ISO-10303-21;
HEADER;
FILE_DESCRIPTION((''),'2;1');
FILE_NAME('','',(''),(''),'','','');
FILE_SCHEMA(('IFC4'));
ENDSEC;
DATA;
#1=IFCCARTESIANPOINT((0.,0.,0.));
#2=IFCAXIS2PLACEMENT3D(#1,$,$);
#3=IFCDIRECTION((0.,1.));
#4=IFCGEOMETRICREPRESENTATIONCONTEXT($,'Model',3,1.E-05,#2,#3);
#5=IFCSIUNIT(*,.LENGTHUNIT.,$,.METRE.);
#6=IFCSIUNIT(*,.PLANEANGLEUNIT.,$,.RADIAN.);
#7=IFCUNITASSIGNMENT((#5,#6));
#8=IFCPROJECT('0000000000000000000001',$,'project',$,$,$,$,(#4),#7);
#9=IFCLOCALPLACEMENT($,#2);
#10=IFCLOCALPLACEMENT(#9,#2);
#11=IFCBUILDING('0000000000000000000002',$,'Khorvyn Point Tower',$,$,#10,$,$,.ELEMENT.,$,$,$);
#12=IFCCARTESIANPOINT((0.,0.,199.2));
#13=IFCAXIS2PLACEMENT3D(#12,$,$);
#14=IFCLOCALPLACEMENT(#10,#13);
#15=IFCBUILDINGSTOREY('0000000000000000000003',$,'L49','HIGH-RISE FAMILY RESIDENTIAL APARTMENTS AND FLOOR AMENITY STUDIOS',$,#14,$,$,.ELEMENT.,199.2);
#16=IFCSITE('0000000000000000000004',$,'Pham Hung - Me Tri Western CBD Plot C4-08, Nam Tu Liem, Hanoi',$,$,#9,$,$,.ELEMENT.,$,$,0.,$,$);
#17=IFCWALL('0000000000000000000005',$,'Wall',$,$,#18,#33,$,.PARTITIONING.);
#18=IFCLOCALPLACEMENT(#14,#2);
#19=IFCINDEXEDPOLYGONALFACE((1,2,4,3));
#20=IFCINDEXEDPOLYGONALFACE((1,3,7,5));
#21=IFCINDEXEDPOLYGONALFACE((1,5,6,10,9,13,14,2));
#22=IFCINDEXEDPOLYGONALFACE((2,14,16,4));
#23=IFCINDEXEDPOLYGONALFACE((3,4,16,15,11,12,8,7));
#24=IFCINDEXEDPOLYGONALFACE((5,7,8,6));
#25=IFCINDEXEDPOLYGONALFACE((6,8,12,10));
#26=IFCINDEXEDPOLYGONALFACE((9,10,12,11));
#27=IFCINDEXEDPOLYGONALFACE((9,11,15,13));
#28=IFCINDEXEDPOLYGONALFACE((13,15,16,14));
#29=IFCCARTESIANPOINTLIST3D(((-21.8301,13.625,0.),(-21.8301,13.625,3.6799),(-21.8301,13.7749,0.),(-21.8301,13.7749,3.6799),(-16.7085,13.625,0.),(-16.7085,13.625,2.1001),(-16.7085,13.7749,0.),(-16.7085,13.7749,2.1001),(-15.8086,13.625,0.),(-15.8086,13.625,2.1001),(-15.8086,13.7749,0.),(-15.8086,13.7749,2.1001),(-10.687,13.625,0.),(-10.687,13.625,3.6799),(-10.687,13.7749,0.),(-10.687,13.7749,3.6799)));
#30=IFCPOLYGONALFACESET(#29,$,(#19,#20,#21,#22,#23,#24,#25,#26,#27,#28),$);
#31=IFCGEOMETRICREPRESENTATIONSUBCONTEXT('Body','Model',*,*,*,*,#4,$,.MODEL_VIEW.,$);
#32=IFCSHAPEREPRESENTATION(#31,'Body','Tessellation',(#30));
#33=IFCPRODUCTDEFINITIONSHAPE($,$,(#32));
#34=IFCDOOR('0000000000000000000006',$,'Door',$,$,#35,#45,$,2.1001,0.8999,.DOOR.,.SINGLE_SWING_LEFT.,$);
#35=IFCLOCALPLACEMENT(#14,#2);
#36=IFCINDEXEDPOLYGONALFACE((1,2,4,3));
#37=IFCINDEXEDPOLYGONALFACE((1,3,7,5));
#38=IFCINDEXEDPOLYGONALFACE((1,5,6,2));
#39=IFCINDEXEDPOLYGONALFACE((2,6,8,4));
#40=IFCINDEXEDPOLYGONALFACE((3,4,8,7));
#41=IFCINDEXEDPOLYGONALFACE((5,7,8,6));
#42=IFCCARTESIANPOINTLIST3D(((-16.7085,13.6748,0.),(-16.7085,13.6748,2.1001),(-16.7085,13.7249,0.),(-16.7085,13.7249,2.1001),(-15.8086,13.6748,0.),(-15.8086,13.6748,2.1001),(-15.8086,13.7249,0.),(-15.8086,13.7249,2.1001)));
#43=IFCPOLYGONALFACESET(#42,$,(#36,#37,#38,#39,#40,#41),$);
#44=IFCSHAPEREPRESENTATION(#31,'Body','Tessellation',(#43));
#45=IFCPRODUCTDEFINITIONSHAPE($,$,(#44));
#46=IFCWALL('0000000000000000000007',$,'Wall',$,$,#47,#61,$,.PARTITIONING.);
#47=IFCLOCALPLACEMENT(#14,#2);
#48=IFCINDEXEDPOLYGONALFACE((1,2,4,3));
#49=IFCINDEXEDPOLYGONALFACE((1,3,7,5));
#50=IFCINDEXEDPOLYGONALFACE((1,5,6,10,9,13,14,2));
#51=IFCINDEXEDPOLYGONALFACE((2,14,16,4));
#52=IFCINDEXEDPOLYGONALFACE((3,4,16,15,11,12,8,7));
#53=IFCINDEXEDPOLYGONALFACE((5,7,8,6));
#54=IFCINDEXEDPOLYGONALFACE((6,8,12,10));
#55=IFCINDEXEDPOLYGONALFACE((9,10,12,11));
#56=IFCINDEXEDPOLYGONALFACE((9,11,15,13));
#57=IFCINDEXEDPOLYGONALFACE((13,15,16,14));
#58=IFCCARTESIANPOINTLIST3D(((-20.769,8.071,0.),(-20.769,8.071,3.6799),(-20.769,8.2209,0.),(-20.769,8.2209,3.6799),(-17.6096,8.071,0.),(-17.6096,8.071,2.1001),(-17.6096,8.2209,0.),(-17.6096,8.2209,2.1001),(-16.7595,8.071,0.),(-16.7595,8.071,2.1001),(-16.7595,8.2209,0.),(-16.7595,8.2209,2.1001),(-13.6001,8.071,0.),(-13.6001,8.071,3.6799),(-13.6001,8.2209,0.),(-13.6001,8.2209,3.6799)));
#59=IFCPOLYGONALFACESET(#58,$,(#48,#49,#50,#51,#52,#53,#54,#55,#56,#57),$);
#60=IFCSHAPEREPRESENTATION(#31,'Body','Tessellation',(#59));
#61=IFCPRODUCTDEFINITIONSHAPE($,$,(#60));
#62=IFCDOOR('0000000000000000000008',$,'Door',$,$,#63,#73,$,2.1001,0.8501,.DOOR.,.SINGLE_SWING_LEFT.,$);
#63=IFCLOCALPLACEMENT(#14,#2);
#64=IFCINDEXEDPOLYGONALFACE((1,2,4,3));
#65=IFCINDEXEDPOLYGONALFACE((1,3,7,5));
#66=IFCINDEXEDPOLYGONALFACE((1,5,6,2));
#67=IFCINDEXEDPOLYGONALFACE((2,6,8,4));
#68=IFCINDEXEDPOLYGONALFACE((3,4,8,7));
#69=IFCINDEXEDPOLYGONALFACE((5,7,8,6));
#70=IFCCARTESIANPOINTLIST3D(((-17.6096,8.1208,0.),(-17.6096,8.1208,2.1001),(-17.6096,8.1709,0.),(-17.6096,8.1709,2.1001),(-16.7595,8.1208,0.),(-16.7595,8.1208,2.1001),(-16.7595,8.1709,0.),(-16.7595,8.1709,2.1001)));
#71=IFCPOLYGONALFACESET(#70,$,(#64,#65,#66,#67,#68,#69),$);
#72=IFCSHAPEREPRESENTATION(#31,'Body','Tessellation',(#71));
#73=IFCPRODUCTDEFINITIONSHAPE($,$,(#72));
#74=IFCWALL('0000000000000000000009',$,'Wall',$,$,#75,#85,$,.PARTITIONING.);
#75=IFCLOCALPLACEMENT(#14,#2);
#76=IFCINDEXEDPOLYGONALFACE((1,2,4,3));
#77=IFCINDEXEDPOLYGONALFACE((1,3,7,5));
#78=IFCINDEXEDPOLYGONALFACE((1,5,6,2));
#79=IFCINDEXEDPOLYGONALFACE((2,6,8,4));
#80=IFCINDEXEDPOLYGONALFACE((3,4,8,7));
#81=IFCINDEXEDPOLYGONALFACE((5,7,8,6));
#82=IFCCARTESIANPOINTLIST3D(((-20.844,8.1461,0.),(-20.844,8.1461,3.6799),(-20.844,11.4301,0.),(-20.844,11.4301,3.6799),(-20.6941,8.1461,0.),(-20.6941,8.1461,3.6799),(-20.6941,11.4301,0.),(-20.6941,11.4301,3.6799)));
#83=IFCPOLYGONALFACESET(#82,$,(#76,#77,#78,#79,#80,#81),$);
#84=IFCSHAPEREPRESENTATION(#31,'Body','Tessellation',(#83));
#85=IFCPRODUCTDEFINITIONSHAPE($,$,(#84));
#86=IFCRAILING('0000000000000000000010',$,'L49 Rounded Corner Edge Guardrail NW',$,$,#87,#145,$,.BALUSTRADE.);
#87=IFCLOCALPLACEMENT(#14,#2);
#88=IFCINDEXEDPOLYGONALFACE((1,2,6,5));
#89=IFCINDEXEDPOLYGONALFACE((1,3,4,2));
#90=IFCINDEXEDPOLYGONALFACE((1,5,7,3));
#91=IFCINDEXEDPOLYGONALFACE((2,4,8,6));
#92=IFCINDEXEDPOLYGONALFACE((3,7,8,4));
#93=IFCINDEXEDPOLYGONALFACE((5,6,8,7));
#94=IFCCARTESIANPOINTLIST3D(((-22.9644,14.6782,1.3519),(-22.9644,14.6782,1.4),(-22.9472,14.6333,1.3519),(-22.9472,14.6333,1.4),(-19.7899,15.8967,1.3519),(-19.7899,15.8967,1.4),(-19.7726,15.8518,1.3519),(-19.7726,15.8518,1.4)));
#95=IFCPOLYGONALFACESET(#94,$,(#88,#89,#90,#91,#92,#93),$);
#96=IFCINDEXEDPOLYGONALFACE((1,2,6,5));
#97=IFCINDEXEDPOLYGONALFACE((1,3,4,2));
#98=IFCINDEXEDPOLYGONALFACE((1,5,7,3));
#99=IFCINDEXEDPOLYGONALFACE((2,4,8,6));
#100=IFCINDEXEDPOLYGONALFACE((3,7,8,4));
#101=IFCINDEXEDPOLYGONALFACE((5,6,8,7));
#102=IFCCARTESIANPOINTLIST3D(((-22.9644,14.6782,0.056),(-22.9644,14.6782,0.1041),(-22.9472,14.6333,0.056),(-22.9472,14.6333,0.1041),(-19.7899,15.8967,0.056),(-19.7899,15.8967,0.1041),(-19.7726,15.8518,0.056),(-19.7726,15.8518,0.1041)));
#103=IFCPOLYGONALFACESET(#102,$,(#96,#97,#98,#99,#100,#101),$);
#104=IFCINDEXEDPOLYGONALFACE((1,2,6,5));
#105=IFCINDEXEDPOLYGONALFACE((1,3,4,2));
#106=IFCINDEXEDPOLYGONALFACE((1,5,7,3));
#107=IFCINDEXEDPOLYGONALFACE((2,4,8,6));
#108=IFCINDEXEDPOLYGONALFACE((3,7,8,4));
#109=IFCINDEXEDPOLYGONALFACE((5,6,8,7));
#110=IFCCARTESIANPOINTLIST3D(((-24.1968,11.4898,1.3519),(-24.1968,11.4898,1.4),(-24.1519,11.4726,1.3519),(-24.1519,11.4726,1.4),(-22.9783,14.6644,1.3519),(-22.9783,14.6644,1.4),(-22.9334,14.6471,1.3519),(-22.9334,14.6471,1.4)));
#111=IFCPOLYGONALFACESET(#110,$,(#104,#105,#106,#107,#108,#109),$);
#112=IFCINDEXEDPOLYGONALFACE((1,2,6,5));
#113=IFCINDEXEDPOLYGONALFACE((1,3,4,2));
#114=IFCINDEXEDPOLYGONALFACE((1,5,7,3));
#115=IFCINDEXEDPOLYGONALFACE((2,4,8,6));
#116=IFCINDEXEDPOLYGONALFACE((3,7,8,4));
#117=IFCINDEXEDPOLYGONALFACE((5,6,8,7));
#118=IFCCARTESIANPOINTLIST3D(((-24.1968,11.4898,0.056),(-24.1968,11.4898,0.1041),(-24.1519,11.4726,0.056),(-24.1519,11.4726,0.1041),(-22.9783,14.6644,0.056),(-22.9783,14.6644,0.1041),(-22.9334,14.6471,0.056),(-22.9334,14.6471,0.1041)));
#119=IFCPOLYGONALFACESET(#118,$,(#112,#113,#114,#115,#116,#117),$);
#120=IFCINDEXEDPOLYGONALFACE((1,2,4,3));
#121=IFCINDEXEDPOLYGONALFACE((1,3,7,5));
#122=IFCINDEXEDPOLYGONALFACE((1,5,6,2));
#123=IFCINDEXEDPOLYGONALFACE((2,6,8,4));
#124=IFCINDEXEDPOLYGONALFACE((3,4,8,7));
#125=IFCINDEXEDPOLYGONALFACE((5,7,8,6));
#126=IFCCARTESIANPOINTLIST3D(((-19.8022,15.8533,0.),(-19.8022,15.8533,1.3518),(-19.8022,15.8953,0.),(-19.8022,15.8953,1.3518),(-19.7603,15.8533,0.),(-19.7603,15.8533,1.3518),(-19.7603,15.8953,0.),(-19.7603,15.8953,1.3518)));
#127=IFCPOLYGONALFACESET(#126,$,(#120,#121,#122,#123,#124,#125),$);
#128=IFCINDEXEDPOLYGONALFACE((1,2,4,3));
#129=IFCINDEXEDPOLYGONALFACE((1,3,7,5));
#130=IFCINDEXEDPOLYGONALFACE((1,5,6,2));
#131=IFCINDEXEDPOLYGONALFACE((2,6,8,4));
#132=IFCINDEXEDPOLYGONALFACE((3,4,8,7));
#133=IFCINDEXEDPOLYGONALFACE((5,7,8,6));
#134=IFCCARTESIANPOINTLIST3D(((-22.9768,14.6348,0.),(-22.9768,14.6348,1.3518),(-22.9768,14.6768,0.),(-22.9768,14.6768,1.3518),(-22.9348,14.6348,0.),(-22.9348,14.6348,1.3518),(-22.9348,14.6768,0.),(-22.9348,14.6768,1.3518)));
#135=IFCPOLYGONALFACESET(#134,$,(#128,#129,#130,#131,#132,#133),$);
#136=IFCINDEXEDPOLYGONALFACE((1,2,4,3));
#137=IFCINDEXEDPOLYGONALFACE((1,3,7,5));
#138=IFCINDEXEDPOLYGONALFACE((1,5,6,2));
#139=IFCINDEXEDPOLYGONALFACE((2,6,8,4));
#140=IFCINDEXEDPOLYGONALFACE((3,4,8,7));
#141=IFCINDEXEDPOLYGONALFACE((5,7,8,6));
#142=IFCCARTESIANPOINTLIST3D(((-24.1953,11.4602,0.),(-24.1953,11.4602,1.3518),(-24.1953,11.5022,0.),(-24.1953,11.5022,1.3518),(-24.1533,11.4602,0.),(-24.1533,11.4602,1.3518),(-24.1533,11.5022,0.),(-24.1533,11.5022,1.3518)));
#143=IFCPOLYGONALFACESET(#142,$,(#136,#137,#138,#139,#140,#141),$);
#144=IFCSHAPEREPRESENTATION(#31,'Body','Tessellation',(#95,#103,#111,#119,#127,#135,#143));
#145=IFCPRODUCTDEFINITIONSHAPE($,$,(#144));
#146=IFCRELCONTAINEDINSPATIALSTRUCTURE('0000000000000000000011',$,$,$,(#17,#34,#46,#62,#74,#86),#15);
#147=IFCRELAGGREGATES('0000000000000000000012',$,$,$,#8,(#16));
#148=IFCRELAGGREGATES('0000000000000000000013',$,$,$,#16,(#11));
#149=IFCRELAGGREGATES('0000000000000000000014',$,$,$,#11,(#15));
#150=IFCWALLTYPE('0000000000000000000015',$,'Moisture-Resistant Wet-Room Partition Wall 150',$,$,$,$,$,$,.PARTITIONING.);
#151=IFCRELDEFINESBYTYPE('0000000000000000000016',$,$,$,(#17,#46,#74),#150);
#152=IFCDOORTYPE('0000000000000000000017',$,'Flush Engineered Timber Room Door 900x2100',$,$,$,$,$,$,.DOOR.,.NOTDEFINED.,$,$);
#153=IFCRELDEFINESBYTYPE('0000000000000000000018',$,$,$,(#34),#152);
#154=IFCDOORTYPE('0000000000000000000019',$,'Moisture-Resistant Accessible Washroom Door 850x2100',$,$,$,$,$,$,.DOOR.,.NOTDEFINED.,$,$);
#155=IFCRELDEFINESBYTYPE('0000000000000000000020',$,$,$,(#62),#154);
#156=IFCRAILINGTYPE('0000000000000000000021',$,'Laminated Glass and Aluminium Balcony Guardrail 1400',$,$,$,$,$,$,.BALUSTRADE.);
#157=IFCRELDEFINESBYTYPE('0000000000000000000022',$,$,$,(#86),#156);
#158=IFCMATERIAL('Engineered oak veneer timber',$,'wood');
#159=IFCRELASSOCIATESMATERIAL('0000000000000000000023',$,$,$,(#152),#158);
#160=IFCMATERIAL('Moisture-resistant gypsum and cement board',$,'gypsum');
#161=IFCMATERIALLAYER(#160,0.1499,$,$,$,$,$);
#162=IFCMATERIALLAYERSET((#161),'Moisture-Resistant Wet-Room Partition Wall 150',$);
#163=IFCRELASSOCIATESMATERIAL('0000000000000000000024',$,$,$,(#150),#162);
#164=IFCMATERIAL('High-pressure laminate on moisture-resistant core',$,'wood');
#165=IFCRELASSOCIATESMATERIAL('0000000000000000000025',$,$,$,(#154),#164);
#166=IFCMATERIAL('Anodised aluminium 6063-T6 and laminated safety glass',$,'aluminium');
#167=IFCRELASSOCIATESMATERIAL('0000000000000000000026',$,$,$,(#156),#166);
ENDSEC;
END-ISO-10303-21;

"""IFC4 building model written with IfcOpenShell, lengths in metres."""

from ifc_helpers import new_model, si_unit, direction, frame, frame_2d, origin, origin_2d, place, context, subcontext, project, spatial, rectangle, extrude, material, layer, layer_set, type_object, element, fill, save


model = new_model("IFC4")

# Units and contexts
model_context = context("Model", 3, precision=1e-05, world=origin(), true_north=direction((0.0, 1.0)))
body_context = subcontext(model_context, "Body", "Model", "MODEL_VIEW")
ifc_project = project(units=[si_unit("LENGTHUNIT", "METRE"), si_unit("PLANEANGLEUNIT", "RADIAN")], contexts=[model_context])

# Site, building, storey
site_placement = place(None, origin())
site = spatial("IfcSite", under=ifc_project, at=site_placement, Name="Pham Hung - Me Tri Western CBD Plot C4-08, Nam Tu Liem, Hanoi", CompositionType="ELEMENT", RefElevation=0.0)
building_placement = place(site_placement, origin())
building = spatial("IfcBuilding", under=site, at=building_placement, Name="Khorvyn Point Tower", CompositionType="ELEMENT")
storey_placement = place(building_placement, frame((0.0, 0.0, 199.2)))
storey = spatial("IfcBuildingStorey", under=building, at=storey_placement, Name="L49", Description="HIGH-RISE FAMILY RESIDENTIAL APARTMENTS AND FLOOR AMENITY STUDIOS", CompositionType="ELEMENT", Elevation=199.2)

# Walls, openings, doors
ifc_material_1 = material(Name="Engineered oak veneer timber", Category="wood")
door_type_1 = type_object("IfcDoorType", Name="Flush Engineered Timber Room Door 900x2100", OperationType="NOTDEFINED", PredefinedType="DOOR", material=ifc_material_1)
ifc_material_2 = material(Name="Moisture-resistant gypsum and cement board", Category="gypsum")
ifc_layer_1 = layer(ifc_material_2, 0.1499)
ifc_layer_set_1 = layer_set([ifc_layer_1], Name="Moisture-Resistant Wet-Room Partition Wall 150")
wall_type_1 = type_object("IfcWallType", Name="Moisture-Resistant Wet-Room Partition Wall 150", PredefinedType="PARTITIONING", material=ifc_layer_set_1)
wall_1_placement = place(storey_placement, frame((-21.8301, 13.7, 0.0), z_axis=(0.0, 0.0, 1.0), x_axis=(1.0, 0.0, 0.0)))
wall_1 = element("IfcWall", 1, at=wall_1_placement, inside=storey, type_object=wall_type_1, Name="Wall", PredefinedType="PARTITIONING", context=body_context, shape_type="SweptSolid", body=[
    extrude(rectangle(XDim=11.1431, YDim=0.1499, at=frame_2d((5.5715, 0.0))), origin(), (0.0, 0.0, 1.0), 3.6799),
])
opening_1_placement = place(wall_1_placement, frame((5.1216, 0.0, 0.0)))
opening_1 = element("IfcOpeningElement", 2, at=opening_1_placement, cuts=wall_1, PredefinedType="OPENING", context=body_context, shape_type="SweptSolid", body=[
    extrude(rectangle(XDim=0.8999, YDim=2.1001, at=frame_2d((0.45, 1.05))), frame((0.0, 0.085, 0.0), z_axis=(0.0, -1.0, 0.0), x_axis=(1.0, 0.0, 0.0)), (0.0, 0.0, 1.0), 0.1699),
])
door_1_placement = place(opening_1_placement, origin())
door_1 = element("IfcDoor", 3, at=door_1_placement, inside=storey, type_object=door_type_1, Name="Door", OperationType="SINGLE_SWING_LEFT", OverallHeight=2.1001, OverallWidth=0.8999, PredefinedType="DOOR", context=body_context, shape_type="SweptSolid", body=[
    extrude(rectangle(XDim=0.8999, YDim=2.1001, at=frame_2d((0.45, 1.05))), frame((0.0, 0.0249, 0.0), z_axis=(0.0, -1.0, 0.0), x_axis=(1.0, 0.0, 0.0)), (0.0, 0.0, 1.0), 0.05),
])
fill(opening_1, door_1)
wall_2_placement = place(storey_placement, frame((-20.769, 8.146, 0.0), z_axis=(0.0, 0.0, 1.0), x_axis=(1.0, 0.0, 0.0)))
wall_2 = element("IfcWall", 4, at=wall_2_placement, inside=storey, type_object=wall_type_1, Name="Wall", PredefinedType="PARTITIONING", context=body_context, shape_type="SweptSolid", body=[
    extrude(rectangle(XDim=7.1689, YDim=0.1499, at=frame_2d((3.5845, 0.0))), origin(), (0.0, 0.0, 1.0), 3.6799),
])
opening_2_placement = place(wall_2_placement, frame((3.1594, 0.0, 0.0)))
opening_2 = element("IfcOpeningElement", 5, at=opening_2_placement, cuts=wall_2, PredefinedType="OPENING", context=body_context, shape_type="SweptSolid", body=[
    extrude(rectangle(XDim=0.8501, YDim=2.1001, at=frame_2d((0.425, 1.05))), frame((0.0, 0.085, 0.0), z_axis=(0.0, -1.0, 0.0), x_axis=(1.0, 0.0, 0.0)), (0.0, 0.0, 1.0), 0.1699),
])
ifc_material_3 = material(Name="High-pressure laminate on moisture-resistant core", Category="wood")
door_type_2 = type_object("IfcDoorType", Name="Moisture-Resistant Accessible Washroom Door 850x2100", OperationType="NOTDEFINED", PredefinedType="DOOR", material=ifc_material_3)
door_2_placement = place(opening_2_placement, origin())
door_2 = element("IfcDoor", 6, at=door_2_placement, inside=storey, type_object=door_type_2, Name="Door", OperationType="SINGLE_SWING_LEFT", OverallHeight=2.1001, OverallWidth=0.8501, PredefinedType="DOOR", context=body_context, shape_type="SweptSolid", body=[
    extrude(rectangle(XDim=0.8501, YDim=2.1001, at=frame_2d((0.425, 1.05))), frame((0.0, 0.0249, 0.0), z_axis=(0.0, -1.0, 0.0), x_axis=(1.0, 0.0, 0.0)), (0.0, 0.0, 1.0), 0.05),
])
fill(opening_2, door_2)

# Wall
wall_3_placement = place(storey_placement, frame((-20.769, 8.146, 0.0), z_axis=(0.0, 0.0, 1.0), x_axis=(0.0, 1.0, 0.0)))
element("IfcWall", 7, at=wall_3_placement, inside=storey, type_object=wall_type_1, Name="Wall", PredefinedType="PARTITIONING", context=body_context, shape_type="SweptSolid", body=[
    extrude(rectangle(XDim=3.2839, YDim=0.1499, at=frame_2d((1.6421, 0.0))), origin(), (0.0, 0.0, 1.0), 3.6799),
])

# Railing
ifc_material_4 = material(Name="Anodised aluminium 6063-T6 and laminated safety glass", Category="aluminium")
railing_type = type_object("IfcRailingType", Name="Laminated Glass and Aluminium Balcony Guardrail 1400", PredefinedType="BALUSTRADE", material=ifc_material_4)
railing_1_placement = place(storey_placement, frame((-19.7812, 15.8743, 0.0)))
element("IfcRailing", 8, at=railing_1_placement, inside=storey, type_object=railing_type, Name="L49 Rounded Corner Edge Guardrail NW", PredefinedType="BALUSTRADE", context=body_context, shape_type="SweptSolid", body=[
    extrude(rectangle(XDim=0.0481, YDim=0.0481, at=origin_2d()), frame((0.0, 0.0, 1.376), z_axis=(-0.93359, -0.358344, 0.0), x_axis=(0.358344, -0.93359, 0.0)), (0.0, 0.0, 1.0), 3.4004),
    extrude(rectangle(XDim=0.0481, YDim=0.0481, at=origin_2d()), frame((0.0, 0.0, 0.0801), z_axis=(-0.93359, -0.358344, 0.0), x_axis=(0.358344, -0.93359, 0.0)), (0.0, 0.0, 1.0), 3.4004),
    extrude(rectangle(XDim=0.0481, YDim=0.0481, at=origin_2d()), frame((-3.1746, -1.2185, 1.376), z_axis=(-0.358344, -0.93359, 0.0), x_axis=(0.93359, -0.358344, 0.0)), (0.0, 0.0, 1.0), 3.4004),
    extrude(rectangle(XDim=0.0481, YDim=0.0481, at=origin_2d()), frame((-3.1746, -1.2185, 0.0801), z_axis=(-0.358344, -0.93359, 0.0), x_axis=(0.93359, -0.358344, 0.0)), (0.0, 0.0, 1.0), 3.4004),
    extrude(rectangle(XDim=0.042, YDim=0.042, at=origin_2d()), origin(), (0.0, 0.0, 1.0), 1.3518),
    extrude(rectangle(XDim=0.042, YDim=0.042, at=origin_2d()), frame((-3.1746, -1.2185, 0.0)), (0.0, 0.0, 1.0), 1.3518),
    extrude(rectangle(XDim=0.042, YDim=0.042, at=origin_2d()), frame((-4.3931, -4.3931, 0.0)), (0.0, 0.0, 1.0), 1.3518),
])

save(model, "model.ifc")
